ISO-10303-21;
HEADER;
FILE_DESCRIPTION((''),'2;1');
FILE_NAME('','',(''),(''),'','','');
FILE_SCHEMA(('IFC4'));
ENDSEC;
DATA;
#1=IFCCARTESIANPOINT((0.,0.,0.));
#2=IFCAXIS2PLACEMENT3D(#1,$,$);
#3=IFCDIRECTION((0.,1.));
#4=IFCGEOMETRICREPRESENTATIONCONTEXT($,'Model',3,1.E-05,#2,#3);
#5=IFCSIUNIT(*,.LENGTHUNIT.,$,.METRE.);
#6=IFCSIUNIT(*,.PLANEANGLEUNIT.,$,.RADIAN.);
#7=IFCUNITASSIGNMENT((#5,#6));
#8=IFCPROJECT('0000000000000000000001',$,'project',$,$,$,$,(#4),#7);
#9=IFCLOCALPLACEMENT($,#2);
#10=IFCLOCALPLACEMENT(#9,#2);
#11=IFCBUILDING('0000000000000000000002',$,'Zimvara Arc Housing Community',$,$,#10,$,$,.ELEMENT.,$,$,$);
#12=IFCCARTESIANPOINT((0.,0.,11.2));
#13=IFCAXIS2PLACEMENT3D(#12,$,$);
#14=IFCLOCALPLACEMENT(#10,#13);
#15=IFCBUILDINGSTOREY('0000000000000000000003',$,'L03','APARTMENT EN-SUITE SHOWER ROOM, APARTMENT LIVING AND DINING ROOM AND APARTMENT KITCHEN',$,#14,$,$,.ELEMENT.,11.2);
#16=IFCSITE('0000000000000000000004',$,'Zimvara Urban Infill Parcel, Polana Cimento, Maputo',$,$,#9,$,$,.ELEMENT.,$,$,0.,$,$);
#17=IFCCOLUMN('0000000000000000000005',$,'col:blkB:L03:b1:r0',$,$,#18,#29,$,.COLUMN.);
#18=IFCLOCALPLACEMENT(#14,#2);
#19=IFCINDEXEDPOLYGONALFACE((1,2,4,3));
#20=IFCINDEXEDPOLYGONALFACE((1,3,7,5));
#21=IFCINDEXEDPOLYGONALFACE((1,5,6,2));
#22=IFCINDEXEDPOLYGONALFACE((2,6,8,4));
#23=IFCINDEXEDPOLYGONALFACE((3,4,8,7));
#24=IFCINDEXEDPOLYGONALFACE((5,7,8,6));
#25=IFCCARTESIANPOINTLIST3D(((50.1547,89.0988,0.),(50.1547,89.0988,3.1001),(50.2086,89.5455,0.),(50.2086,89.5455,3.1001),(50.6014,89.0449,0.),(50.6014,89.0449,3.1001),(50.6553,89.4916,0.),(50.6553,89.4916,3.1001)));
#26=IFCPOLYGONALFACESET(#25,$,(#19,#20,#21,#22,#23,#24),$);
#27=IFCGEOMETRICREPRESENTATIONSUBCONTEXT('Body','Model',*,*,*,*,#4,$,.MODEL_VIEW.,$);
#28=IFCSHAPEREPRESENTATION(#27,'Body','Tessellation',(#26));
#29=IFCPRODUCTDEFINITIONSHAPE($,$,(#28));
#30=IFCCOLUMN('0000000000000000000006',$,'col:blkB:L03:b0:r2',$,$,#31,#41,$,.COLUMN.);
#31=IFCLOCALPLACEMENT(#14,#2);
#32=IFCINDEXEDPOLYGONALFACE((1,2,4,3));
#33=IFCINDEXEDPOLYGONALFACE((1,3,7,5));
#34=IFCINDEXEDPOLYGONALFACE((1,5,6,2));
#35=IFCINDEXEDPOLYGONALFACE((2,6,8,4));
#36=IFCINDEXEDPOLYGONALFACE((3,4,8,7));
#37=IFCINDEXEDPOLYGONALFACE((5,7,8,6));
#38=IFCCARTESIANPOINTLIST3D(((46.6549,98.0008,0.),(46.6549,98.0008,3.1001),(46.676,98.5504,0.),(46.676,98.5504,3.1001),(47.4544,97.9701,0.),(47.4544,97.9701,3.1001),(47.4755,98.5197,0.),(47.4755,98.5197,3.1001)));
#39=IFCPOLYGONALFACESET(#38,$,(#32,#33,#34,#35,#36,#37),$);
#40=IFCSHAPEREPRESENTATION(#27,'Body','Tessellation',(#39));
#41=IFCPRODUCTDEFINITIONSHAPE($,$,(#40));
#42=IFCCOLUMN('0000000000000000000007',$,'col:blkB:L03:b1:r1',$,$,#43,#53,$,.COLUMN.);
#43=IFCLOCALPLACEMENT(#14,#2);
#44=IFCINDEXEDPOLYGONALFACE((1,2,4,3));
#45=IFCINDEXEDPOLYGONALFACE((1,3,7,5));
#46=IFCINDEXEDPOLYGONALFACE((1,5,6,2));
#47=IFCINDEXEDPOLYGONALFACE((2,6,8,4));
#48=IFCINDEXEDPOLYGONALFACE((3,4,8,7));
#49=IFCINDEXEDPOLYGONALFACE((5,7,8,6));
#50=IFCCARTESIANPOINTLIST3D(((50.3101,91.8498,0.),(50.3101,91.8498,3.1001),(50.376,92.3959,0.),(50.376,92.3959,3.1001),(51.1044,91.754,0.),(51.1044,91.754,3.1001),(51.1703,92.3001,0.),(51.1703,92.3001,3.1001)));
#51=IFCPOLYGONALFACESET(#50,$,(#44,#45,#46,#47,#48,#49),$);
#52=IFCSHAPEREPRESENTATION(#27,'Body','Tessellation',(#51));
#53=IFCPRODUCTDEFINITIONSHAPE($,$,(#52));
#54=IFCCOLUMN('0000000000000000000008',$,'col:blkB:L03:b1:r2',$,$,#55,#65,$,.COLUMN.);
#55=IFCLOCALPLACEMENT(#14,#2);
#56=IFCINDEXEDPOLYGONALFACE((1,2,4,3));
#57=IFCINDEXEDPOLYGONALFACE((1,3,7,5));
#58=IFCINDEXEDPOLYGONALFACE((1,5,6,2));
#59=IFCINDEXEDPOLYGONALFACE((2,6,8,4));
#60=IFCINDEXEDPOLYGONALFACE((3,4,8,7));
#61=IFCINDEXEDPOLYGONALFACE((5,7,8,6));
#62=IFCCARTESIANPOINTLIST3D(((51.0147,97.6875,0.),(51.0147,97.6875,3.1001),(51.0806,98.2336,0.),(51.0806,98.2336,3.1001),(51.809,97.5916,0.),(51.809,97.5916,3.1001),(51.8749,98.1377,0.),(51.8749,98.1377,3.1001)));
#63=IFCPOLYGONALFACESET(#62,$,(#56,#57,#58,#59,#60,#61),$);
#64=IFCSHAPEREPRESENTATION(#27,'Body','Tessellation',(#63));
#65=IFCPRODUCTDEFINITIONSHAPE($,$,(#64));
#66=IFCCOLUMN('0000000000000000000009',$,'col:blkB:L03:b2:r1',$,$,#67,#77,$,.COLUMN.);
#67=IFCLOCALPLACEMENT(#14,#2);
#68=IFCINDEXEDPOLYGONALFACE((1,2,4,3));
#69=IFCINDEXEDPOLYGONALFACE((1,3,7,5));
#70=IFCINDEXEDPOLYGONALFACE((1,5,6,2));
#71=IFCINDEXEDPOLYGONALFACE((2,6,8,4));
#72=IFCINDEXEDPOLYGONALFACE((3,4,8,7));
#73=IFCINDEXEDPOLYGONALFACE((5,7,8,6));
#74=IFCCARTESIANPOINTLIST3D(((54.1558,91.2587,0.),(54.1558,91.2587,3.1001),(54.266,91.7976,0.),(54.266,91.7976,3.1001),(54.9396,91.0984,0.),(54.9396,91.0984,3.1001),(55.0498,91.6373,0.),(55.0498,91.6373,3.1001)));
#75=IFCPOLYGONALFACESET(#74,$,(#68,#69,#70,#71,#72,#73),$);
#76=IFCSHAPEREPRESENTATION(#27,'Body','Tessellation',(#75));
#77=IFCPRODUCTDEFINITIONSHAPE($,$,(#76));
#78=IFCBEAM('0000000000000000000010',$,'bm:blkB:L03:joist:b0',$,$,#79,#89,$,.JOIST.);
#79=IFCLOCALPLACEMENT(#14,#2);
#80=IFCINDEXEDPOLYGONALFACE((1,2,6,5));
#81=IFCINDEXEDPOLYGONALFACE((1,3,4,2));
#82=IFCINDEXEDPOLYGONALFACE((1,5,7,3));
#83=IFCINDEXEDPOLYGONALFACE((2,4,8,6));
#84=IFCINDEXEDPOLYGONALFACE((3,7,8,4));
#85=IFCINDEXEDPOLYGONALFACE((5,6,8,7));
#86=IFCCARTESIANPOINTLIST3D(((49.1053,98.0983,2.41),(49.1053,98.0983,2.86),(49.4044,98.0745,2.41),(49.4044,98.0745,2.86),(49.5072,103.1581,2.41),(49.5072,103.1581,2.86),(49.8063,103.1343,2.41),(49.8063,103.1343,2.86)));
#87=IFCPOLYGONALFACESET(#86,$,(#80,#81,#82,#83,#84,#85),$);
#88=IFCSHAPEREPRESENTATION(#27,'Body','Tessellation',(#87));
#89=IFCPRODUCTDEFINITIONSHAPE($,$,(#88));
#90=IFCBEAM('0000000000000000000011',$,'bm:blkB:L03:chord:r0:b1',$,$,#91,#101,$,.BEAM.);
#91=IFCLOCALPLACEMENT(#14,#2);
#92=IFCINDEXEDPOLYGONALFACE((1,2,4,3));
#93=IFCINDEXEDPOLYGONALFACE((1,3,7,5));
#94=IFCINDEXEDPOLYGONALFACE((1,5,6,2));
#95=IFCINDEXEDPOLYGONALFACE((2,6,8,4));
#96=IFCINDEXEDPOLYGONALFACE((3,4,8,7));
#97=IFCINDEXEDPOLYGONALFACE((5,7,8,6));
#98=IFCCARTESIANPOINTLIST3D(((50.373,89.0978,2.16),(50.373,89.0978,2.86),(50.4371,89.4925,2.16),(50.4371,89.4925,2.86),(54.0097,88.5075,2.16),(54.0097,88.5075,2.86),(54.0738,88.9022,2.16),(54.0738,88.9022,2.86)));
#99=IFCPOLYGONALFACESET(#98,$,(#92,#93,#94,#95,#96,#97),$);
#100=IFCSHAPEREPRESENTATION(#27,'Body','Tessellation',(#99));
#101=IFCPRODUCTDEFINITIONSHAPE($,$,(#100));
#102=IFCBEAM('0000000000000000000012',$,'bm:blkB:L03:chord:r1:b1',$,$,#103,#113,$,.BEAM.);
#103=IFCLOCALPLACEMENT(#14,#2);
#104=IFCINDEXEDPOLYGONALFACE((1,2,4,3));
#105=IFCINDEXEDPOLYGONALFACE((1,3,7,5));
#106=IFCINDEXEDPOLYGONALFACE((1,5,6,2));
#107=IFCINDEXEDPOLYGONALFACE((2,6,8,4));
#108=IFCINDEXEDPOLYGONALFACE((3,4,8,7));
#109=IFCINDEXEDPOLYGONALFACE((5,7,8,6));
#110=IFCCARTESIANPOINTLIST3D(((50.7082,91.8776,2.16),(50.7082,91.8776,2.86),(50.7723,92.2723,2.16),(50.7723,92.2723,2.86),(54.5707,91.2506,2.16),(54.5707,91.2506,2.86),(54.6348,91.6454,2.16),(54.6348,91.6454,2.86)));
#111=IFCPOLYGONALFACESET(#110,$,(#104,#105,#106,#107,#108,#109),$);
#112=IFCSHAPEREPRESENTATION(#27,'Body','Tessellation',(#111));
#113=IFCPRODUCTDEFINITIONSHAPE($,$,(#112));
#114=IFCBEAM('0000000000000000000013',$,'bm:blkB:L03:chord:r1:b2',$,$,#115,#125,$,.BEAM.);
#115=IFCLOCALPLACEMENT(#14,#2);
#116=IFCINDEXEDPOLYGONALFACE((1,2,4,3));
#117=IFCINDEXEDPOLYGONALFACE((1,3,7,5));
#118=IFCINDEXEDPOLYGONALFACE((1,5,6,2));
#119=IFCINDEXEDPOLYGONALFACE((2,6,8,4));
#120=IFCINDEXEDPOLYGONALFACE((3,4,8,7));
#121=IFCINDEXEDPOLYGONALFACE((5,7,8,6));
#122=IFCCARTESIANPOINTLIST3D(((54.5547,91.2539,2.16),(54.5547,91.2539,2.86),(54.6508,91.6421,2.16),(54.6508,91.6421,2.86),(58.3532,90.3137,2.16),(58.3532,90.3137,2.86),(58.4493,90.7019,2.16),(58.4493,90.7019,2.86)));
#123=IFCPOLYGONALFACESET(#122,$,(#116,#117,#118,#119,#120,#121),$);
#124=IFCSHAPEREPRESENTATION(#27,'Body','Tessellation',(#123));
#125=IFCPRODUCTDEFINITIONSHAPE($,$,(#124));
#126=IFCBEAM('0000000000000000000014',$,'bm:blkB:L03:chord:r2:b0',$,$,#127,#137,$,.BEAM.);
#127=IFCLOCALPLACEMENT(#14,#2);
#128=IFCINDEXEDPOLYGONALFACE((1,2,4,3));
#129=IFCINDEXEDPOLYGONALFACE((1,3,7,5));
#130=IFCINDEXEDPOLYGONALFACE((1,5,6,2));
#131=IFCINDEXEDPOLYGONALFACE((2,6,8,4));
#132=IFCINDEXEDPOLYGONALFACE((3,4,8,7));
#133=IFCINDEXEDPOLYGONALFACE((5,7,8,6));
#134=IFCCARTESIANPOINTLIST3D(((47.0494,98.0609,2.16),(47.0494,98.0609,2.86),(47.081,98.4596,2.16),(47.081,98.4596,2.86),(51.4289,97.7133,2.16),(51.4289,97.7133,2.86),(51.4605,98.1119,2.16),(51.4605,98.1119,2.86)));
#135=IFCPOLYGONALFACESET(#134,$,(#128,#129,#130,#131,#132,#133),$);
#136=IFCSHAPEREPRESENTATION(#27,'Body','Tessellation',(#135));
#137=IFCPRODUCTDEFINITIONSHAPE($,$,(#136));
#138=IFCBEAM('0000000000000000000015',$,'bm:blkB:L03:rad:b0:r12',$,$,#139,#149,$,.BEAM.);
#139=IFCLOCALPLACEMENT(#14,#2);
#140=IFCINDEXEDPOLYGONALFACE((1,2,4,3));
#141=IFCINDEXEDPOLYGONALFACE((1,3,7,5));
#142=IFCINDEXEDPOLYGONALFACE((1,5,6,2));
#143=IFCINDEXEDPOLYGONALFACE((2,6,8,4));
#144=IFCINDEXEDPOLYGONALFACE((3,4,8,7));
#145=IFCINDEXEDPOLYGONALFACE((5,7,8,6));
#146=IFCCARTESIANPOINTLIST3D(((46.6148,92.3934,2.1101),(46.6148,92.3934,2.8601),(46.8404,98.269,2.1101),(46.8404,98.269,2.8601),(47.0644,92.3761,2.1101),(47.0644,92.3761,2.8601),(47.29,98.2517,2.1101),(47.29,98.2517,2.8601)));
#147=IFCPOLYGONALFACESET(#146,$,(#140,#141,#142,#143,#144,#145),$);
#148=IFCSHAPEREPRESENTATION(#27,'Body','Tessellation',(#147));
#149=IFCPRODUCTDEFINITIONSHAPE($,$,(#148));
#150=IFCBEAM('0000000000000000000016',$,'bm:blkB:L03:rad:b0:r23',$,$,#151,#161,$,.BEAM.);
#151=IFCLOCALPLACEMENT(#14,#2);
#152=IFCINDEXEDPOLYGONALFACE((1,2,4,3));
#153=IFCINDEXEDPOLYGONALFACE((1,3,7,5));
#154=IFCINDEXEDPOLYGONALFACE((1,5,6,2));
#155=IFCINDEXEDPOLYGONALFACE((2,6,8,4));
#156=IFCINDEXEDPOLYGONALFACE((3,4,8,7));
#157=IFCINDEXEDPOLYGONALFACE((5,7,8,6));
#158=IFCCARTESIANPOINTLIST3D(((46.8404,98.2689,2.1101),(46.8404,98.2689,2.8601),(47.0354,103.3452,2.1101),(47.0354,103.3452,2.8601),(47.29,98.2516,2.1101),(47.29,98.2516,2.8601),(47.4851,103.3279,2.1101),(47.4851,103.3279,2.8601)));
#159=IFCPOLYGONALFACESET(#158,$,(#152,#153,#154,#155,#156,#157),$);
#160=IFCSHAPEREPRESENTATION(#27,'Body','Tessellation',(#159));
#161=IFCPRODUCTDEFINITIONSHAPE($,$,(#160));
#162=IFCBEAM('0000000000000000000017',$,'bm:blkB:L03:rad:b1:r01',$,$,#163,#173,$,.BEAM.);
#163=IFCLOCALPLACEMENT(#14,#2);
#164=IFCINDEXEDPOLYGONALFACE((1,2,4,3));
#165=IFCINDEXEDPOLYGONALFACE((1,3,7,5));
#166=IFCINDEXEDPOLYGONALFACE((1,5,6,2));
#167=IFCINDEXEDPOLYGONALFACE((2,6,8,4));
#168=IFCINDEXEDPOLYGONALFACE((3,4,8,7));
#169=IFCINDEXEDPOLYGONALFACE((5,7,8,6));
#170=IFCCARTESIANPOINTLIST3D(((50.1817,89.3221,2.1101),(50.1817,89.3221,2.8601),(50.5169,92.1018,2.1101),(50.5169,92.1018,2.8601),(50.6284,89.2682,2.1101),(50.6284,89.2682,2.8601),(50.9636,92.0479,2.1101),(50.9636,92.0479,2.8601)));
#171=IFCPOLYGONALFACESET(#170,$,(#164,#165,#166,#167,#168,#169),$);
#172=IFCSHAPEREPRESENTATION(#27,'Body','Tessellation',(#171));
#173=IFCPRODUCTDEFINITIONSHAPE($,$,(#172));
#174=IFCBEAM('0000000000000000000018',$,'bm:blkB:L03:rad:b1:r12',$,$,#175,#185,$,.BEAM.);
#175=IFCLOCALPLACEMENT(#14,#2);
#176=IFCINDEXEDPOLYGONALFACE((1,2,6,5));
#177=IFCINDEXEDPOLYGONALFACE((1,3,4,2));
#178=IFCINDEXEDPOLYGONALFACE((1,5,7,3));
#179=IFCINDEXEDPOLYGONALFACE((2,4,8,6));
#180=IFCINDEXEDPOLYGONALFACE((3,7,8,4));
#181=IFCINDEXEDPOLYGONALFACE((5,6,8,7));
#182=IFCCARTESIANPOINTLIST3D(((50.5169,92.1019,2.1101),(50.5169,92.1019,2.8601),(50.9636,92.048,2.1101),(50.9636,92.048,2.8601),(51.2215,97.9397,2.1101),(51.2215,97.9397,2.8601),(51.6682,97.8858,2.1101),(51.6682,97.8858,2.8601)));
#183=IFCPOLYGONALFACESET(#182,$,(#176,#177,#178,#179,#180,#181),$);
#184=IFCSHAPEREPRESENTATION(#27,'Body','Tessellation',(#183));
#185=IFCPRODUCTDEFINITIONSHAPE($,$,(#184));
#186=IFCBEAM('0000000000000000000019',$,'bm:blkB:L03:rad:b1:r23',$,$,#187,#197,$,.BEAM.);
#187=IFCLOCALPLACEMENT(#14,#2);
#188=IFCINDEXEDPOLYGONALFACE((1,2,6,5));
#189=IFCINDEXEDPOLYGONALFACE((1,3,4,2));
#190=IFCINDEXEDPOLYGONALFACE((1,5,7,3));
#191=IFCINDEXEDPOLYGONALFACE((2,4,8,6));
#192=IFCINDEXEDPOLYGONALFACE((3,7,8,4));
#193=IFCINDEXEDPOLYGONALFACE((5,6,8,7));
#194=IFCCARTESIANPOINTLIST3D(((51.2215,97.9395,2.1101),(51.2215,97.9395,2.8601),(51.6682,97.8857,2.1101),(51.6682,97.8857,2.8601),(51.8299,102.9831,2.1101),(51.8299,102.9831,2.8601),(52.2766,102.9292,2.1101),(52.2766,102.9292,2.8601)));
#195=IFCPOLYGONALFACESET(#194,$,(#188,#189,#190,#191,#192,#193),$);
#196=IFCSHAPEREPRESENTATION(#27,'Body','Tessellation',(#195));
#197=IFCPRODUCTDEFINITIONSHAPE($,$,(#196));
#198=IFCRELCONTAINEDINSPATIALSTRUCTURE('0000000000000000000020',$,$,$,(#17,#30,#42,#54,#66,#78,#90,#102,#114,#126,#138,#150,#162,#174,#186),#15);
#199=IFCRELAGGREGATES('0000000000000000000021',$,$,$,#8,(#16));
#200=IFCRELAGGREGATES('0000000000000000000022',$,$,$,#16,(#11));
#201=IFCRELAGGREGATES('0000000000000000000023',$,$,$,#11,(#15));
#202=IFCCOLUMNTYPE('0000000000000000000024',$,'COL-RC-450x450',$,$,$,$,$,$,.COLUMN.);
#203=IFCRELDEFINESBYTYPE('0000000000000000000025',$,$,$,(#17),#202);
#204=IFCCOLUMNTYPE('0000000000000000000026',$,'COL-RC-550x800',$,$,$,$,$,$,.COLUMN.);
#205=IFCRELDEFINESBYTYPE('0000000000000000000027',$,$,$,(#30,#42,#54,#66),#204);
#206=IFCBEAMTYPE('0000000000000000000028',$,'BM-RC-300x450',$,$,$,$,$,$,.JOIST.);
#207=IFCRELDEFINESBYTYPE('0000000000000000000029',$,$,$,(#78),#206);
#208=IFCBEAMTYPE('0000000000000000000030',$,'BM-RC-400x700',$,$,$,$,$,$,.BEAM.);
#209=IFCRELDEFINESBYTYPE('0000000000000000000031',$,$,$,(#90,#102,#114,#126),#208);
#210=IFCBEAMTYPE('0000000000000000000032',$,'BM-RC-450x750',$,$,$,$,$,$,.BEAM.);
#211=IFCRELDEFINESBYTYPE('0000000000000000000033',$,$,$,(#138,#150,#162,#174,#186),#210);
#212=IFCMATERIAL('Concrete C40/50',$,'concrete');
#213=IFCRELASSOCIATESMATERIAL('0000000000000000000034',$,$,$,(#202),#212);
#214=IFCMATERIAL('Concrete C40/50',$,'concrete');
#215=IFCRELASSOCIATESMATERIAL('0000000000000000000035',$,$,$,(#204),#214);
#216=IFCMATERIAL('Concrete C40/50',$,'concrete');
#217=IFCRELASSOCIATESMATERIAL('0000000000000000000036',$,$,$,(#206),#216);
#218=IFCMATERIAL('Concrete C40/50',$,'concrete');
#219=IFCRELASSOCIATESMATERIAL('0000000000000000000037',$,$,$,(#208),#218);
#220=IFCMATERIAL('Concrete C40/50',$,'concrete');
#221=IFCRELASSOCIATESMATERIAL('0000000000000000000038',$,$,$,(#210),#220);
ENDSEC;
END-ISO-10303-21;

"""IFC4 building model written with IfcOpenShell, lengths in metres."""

from ifc_helpers import new_model, si_unit, direction, frame, origin, origin_2d, place, context, subcontext, project, spatial, rectangle, extrude, material, material_profile, profile_set, type_object, element, save


model = new_model("IFC4")

# Units and contexts
model_context = context("Model", 3, precision=1e-05, world=origin(), true_north=direction((0.0, 1.0)))
body_context = subcontext(model_context, "Body", "Model", "MODEL_VIEW")
ifc_project = project(units=[si_unit("LENGTHUNIT", "METRE"), si_unit("PLANEANGLEUNIT", "RADIAN")], contexts=[model_context])

# Site, building, storey
site_placement = place(None, origin())
site = spatial("IfcSite", under=ifc_project, at=site_placement, Name="Zimvara Urban Infill Parcel, Polana Cimento, Maputo", CompositionType="ELEMENT", RefElevation=0.0)
building_placement = place(site_placement, origin())
building = spatial("IfcBuilding", under=site, at=building_placement, Name="Zimvara Arc Housing Community", CompositionType="ELEMENT")
storey_placement = place(building_placement, frame((0.0, 0.0, 11.2)))
storey = spatial("IfcBuildingStorey", under=building, at=storey_placement, Name="L03", Description="APARTMENT EN-SUITE SHOWER ROOM, APARTMENT LIVING AND DINING ROOM AND APARTMENT KITCHEN", CompositionType="ELEMENT", Elevation=11.2)

# Columns
ifc_material_1 = material(Name="Concrete C40/50", Category="concrete")
ifc_material_profile_1 = material_profile(ifc_material_1, rectangle(XDim=0.45, YDim=0.45, at=origin_2d()), Name="RC 450x450")
ifc_profile_set_1 = profile_set([ifc_material_profile_1], Name="Concrete C40/50")
column_type_1 = type_object("IfcColumnType", Name="COL-RC-450x450", PredefinedType="COLUMN", material=ifc_profile_set_1)
column_placement = place(storey_placement, frame((50.405, 89.2952, 0.0), z_axis=(0.0, 0.0, 1.0), x_axis=(0.11979, 0.992799, 0.0)))
element("IfcColumn", 1, at=column_placement, inside=storey, type_object=column_type_1, Name="col:blkB:L03:b1:r0", PredefinedType="COLUMN", context=body_context, shape_type="SweptSolid", body=[
    extrude(rectangle(XDim=0.45, YDim=0.45, at=origin_2d()), origin(), (0.0, 0.0, 1.0), 3.1001),
])
ifc_material_2 = material(Name="Concrete C40/50", Category="concrete")
ifc_material_profile_2 = material_profile(ifc_material_2, rectangle(XDim=0.55, YDim=0.8, at=origin_2d()), Name="RC 550x800")
ifc_profile_set_2 = profile_set([ifc_material_profile_2], Name="Concrete C40/50")
column_type_2 = type_object("IfcColumnType", Name="COL-RC-550x800", PredefinedType="COLUMN", material=ifc_profile_set_2)
for number, where, z_axis, x_axis, name in (
    (2, (47.0652, 98.2603, 0.0), (0.0, 0.0, 1.0), (0.038388, 0.999263, 0.0), "col:blkB:L03:b0:r2"),
    (3, (50.7402, 92.075, 0.0), (0.0, 0.0, 1.0), (0.11979, 0.992799, 0.0), "col:blkB:L03:b1:r1"),
    (4, (51.4448, 97.9126, 0.0), (0.0, 0.0, 1.0), (0.11979, 0.992799, 0.0), "col:blkB:L03:b1:r2"),
    (5, (54.6028, 91.448, 0.0), (0.0, 0.0, 1.0), (0.200394, 0.979715, 0.0), "col:blkB:L03:b2:r1"),
):
    element("IfcColumn", number, at=place(storey_placement, frame(where, z_axis=z_axis, x_axis=x_axis)), inside=storey, type_object=column_type_2, Name=name, PredefinedType="COLUMN", context=body_context, shape_type="SweptSolid", body=[
        extrude(rectangle(XDim=0.55, YDim=0.8, at=origin_2d()), origin(), (0.0, 0.0, 1.0), 3.1001),
    ])

# Beams
ifc_material_3 = material(Name="Concrete C40/50", Category="concrete")
ifc_material_profile_3 = material_profile(ifc_material_3, rectangle(XDim=0.3, YDim=0.45, at=origin_2d()), Name="RC 300x450")
ifc_profile_set_3 = profile_set([ifc_material_profile_3], Name="Concrete C40/50")
beam_type_1 = type_object("IfcBeamType", Name="BM-RC-300x450", PredefinedType="JOIST", material=ifc_profile_set_3)
beam_1_placement = place(storey_placement, frame((49.2549, 98.0864, 2.635), z_axis=(0.079172, 0.996861, 0.0), x_axis=(-0.996861, 0.079172, 0.0)))
element("IfcBeam", 6, at=beam_1_placement, inside=storey, type_object=beam_type_1, Name="bm:blkB:L03:joist:b0", PredefinedType="JOIST", context=body_context, shape_type="SweptSolid", body=[
    extrude(rectangle(XDim=0.3, YDim=0.45, at=origin_2d()), origin(), (0.0, 0.0, 1.0), 5.0757),
])
ifc_material_4 = material(Name="Concrete C40/50", Category="concrete")
ifc_material_profile_4 = material_profile(ifc_material_4, rectangle(XDim=0.3999, YDim=0.7, at=origin_2d()), Name="RC 400x700")
ifc_profile_set_4 = profile_set([ifc_material_profile_4], Name="Concrete C40/50")
beam_type_2 = type_object("IfcBeamType", Name="BM-RC-400x700", PredefinedType="BEAM", material=ifc_profile_set_4)
beam_2_placement = place(storey_placement, frame((50.405, 89.2952, 2.51), z_axis=(0.98708, -0.160228, 0.0), x_axis=(0.160228, 0.98708, 0.0)))
element("IfcBeam", 7, at=beam_2_placement, inside=storey, type_object=beam_type_2, Name="bm:blkB:L03:chord:r0:b1", PredefinedType="BEAM", context=body_context, shape_type="SweptSolid", body=[
    extrude(rectangle(XDim=0.3999, YDim=0.7, at=origin_2d()), origin(), (0.0, 0.0, 1.0), 3.6843),
])
for number, where, z_axis, x_axis, name in (
    (8, (50.7402, 92.075, 2.51), (0.987081, -0.160219, 0.0), (0.160219, 0.987081, 0.0), "bm:blkB:L03:chord:r1:b1"),
    (9, (54.6028, 91.448, 2.51), (0.970709, -0.24026, 0.0), (0.24026, 0.970709, 0.0), "bm:blkB:L03:chord:r1:b2"),
):
    element("IfcBeam", number, at=place(storey_placement, frame(where, z_axis=z_axis, x_axis=x_axis)), inside=storey, type_object=beam_type_2, Name=name, PredefinedType="BEAM", context=body_context, shape_type="SweptSolid", body=[
        extrude(rectangle(XDim=0.3999, YDim=0.7, at=origin_2d()), origin(), (0.0, 0.0, 1.0), 3.9131),
    ])
beam_3_placement = place(storey_placement, frame((47.0652, 98.2603, 2.51), z_axis=(0.996864, -0.079131, 0.0), x_axis=(0.079131, 0.996864, 0.0)))
element("IfcBeam", 10, at=beam_3_placement, inside=storey, type_object=beam_type_2, Name="bm:blkB:L03:chord:r2:b0", PredefinedType="BEAM", context=body_context, shape_type="SweptSolid", body=[
    extrude(rectangle(XDim=0.3999, YDim=0.7, at=origin_2d()), origin(), (0.0, 0.0, 1.0), 4.3933),
])
ifc_material_5 = material(Name="Concrete C40/50", Category="concrete")
ifc_material_profile_5 = material_profile(ifc_material_5, rectangle(XDim=0.45, YDim=0.75, at=origin_2d()), Name="RC 450x750")
ifc_profile_set_5 = profile_set([ifc_material_profile_5], Name="Concrete C40/50")
beam_type_3 = type_object("IfcBeamType", Name="BM-RC-450x750", PredefinedType="BEAM", material=ifc_profile_set_5)
beam_4_placement = place(storey_placement, frame((46.8396, 92.3848, 2.4851), z_axis=(0.038366, 0.999264, 0.0), x_axis=(-0.999264, 0.038366, 0.0)))
element("IfcBeam", 11, at=beam_4_placement, inside=storey, type_object=beam_type_3, Name="bm:blkB:L03:rad:b0:r12", PredefinedType="BEAM", context=body_context, shape_type="SweptSolid", body=[
    extrude(rectangle(XDim=0.45, YDim=0.75, at=origin_2d()), origin(), (0.0, 0.0, 1.0), 5.8799),
])
beam_5_placement = place(storey_placement, frame((47.0652, 98.2603, 2.4851), z_axis=(0.038398, 0.999263, 0.0), x_axis=(-0.999263, 0.038398, 0.0)))
element("IfcBeam", 12, at=beam_5_placement, inside=storey, type_object=beam_type_3, Name="bm:blkB:L03:rad:b0:r23", PredefinedType="BEAM", context=body_context, shape_type="SweptSolid", body=[
    extrude(rectangle(XDim=0.45, YDim=0.75, at=origin_2d()), origin(), (0.0, 0.0, 1.0), 5.0801),
])
beam_6_placement = place(storey_placement, frame((50.405, 89.2952, 2.4851), z_axis=(0.119719, 0.992808, 0.0), x_axis=(-0.992808, 0.119719, 0.0)))
element("IfcBeam", 13, at=beam_6_placement, inside=storey, type_object=beam_type_3, Name="bm:blkB:L03:rad:b1:r01", PredefinedType="BEAM", context=body_context, shape_type="SweptSolid", body=[
    extrude(rectangle(XDim=0.45, YDim=0.75, at=origin_2d()), origin(), (0.0, 0.0, 1.0), 2.7998),
])
beam_7_placement = place(storey_placement, frame((50.7402, 92.075, 2.4851), z_axis=(0.119828, 0.992795, 0.0), x_axis=(-0.992795, 0.119828, 0.0)))
element("IfcBeam", 14, at=beam_7_placement, inside=storey, type_object=beam_type_3, Name="bm:blkB:L03:rad:b1:r12", PredefinedType="BEAM", context=body_context, shape_type="SweptSolid", body=[
    extrude(rectangle(XDim=0.45, YDim=0.75, at=origin_2d()), origin(), (0.0, 0.0, 1.0), 5.8801),
])
beam_8_placement = place(storey_placement, frame((51.4448, 97.9126, 2.4851), z_axis=(0.119763, 0.992803, 0.0), x_axis=(-0.992803, 0.119763, 0.0)))
element("IfcBeam", 15, at=beam_8_placement, inside=storey, type_object=beam_type_3, Name="bm:blkB:L03:rad:b1:r23", PredefinedType="BEAM", context=body_context, shape_type="SweptSolid", body=[
    extrude(rectangle(XDim=0.45, YDim=0.75, at=origin_2d()), origin(), (0.0, 0.0, 1.0), 5.0801),
])

save(model, "model.ifc")
